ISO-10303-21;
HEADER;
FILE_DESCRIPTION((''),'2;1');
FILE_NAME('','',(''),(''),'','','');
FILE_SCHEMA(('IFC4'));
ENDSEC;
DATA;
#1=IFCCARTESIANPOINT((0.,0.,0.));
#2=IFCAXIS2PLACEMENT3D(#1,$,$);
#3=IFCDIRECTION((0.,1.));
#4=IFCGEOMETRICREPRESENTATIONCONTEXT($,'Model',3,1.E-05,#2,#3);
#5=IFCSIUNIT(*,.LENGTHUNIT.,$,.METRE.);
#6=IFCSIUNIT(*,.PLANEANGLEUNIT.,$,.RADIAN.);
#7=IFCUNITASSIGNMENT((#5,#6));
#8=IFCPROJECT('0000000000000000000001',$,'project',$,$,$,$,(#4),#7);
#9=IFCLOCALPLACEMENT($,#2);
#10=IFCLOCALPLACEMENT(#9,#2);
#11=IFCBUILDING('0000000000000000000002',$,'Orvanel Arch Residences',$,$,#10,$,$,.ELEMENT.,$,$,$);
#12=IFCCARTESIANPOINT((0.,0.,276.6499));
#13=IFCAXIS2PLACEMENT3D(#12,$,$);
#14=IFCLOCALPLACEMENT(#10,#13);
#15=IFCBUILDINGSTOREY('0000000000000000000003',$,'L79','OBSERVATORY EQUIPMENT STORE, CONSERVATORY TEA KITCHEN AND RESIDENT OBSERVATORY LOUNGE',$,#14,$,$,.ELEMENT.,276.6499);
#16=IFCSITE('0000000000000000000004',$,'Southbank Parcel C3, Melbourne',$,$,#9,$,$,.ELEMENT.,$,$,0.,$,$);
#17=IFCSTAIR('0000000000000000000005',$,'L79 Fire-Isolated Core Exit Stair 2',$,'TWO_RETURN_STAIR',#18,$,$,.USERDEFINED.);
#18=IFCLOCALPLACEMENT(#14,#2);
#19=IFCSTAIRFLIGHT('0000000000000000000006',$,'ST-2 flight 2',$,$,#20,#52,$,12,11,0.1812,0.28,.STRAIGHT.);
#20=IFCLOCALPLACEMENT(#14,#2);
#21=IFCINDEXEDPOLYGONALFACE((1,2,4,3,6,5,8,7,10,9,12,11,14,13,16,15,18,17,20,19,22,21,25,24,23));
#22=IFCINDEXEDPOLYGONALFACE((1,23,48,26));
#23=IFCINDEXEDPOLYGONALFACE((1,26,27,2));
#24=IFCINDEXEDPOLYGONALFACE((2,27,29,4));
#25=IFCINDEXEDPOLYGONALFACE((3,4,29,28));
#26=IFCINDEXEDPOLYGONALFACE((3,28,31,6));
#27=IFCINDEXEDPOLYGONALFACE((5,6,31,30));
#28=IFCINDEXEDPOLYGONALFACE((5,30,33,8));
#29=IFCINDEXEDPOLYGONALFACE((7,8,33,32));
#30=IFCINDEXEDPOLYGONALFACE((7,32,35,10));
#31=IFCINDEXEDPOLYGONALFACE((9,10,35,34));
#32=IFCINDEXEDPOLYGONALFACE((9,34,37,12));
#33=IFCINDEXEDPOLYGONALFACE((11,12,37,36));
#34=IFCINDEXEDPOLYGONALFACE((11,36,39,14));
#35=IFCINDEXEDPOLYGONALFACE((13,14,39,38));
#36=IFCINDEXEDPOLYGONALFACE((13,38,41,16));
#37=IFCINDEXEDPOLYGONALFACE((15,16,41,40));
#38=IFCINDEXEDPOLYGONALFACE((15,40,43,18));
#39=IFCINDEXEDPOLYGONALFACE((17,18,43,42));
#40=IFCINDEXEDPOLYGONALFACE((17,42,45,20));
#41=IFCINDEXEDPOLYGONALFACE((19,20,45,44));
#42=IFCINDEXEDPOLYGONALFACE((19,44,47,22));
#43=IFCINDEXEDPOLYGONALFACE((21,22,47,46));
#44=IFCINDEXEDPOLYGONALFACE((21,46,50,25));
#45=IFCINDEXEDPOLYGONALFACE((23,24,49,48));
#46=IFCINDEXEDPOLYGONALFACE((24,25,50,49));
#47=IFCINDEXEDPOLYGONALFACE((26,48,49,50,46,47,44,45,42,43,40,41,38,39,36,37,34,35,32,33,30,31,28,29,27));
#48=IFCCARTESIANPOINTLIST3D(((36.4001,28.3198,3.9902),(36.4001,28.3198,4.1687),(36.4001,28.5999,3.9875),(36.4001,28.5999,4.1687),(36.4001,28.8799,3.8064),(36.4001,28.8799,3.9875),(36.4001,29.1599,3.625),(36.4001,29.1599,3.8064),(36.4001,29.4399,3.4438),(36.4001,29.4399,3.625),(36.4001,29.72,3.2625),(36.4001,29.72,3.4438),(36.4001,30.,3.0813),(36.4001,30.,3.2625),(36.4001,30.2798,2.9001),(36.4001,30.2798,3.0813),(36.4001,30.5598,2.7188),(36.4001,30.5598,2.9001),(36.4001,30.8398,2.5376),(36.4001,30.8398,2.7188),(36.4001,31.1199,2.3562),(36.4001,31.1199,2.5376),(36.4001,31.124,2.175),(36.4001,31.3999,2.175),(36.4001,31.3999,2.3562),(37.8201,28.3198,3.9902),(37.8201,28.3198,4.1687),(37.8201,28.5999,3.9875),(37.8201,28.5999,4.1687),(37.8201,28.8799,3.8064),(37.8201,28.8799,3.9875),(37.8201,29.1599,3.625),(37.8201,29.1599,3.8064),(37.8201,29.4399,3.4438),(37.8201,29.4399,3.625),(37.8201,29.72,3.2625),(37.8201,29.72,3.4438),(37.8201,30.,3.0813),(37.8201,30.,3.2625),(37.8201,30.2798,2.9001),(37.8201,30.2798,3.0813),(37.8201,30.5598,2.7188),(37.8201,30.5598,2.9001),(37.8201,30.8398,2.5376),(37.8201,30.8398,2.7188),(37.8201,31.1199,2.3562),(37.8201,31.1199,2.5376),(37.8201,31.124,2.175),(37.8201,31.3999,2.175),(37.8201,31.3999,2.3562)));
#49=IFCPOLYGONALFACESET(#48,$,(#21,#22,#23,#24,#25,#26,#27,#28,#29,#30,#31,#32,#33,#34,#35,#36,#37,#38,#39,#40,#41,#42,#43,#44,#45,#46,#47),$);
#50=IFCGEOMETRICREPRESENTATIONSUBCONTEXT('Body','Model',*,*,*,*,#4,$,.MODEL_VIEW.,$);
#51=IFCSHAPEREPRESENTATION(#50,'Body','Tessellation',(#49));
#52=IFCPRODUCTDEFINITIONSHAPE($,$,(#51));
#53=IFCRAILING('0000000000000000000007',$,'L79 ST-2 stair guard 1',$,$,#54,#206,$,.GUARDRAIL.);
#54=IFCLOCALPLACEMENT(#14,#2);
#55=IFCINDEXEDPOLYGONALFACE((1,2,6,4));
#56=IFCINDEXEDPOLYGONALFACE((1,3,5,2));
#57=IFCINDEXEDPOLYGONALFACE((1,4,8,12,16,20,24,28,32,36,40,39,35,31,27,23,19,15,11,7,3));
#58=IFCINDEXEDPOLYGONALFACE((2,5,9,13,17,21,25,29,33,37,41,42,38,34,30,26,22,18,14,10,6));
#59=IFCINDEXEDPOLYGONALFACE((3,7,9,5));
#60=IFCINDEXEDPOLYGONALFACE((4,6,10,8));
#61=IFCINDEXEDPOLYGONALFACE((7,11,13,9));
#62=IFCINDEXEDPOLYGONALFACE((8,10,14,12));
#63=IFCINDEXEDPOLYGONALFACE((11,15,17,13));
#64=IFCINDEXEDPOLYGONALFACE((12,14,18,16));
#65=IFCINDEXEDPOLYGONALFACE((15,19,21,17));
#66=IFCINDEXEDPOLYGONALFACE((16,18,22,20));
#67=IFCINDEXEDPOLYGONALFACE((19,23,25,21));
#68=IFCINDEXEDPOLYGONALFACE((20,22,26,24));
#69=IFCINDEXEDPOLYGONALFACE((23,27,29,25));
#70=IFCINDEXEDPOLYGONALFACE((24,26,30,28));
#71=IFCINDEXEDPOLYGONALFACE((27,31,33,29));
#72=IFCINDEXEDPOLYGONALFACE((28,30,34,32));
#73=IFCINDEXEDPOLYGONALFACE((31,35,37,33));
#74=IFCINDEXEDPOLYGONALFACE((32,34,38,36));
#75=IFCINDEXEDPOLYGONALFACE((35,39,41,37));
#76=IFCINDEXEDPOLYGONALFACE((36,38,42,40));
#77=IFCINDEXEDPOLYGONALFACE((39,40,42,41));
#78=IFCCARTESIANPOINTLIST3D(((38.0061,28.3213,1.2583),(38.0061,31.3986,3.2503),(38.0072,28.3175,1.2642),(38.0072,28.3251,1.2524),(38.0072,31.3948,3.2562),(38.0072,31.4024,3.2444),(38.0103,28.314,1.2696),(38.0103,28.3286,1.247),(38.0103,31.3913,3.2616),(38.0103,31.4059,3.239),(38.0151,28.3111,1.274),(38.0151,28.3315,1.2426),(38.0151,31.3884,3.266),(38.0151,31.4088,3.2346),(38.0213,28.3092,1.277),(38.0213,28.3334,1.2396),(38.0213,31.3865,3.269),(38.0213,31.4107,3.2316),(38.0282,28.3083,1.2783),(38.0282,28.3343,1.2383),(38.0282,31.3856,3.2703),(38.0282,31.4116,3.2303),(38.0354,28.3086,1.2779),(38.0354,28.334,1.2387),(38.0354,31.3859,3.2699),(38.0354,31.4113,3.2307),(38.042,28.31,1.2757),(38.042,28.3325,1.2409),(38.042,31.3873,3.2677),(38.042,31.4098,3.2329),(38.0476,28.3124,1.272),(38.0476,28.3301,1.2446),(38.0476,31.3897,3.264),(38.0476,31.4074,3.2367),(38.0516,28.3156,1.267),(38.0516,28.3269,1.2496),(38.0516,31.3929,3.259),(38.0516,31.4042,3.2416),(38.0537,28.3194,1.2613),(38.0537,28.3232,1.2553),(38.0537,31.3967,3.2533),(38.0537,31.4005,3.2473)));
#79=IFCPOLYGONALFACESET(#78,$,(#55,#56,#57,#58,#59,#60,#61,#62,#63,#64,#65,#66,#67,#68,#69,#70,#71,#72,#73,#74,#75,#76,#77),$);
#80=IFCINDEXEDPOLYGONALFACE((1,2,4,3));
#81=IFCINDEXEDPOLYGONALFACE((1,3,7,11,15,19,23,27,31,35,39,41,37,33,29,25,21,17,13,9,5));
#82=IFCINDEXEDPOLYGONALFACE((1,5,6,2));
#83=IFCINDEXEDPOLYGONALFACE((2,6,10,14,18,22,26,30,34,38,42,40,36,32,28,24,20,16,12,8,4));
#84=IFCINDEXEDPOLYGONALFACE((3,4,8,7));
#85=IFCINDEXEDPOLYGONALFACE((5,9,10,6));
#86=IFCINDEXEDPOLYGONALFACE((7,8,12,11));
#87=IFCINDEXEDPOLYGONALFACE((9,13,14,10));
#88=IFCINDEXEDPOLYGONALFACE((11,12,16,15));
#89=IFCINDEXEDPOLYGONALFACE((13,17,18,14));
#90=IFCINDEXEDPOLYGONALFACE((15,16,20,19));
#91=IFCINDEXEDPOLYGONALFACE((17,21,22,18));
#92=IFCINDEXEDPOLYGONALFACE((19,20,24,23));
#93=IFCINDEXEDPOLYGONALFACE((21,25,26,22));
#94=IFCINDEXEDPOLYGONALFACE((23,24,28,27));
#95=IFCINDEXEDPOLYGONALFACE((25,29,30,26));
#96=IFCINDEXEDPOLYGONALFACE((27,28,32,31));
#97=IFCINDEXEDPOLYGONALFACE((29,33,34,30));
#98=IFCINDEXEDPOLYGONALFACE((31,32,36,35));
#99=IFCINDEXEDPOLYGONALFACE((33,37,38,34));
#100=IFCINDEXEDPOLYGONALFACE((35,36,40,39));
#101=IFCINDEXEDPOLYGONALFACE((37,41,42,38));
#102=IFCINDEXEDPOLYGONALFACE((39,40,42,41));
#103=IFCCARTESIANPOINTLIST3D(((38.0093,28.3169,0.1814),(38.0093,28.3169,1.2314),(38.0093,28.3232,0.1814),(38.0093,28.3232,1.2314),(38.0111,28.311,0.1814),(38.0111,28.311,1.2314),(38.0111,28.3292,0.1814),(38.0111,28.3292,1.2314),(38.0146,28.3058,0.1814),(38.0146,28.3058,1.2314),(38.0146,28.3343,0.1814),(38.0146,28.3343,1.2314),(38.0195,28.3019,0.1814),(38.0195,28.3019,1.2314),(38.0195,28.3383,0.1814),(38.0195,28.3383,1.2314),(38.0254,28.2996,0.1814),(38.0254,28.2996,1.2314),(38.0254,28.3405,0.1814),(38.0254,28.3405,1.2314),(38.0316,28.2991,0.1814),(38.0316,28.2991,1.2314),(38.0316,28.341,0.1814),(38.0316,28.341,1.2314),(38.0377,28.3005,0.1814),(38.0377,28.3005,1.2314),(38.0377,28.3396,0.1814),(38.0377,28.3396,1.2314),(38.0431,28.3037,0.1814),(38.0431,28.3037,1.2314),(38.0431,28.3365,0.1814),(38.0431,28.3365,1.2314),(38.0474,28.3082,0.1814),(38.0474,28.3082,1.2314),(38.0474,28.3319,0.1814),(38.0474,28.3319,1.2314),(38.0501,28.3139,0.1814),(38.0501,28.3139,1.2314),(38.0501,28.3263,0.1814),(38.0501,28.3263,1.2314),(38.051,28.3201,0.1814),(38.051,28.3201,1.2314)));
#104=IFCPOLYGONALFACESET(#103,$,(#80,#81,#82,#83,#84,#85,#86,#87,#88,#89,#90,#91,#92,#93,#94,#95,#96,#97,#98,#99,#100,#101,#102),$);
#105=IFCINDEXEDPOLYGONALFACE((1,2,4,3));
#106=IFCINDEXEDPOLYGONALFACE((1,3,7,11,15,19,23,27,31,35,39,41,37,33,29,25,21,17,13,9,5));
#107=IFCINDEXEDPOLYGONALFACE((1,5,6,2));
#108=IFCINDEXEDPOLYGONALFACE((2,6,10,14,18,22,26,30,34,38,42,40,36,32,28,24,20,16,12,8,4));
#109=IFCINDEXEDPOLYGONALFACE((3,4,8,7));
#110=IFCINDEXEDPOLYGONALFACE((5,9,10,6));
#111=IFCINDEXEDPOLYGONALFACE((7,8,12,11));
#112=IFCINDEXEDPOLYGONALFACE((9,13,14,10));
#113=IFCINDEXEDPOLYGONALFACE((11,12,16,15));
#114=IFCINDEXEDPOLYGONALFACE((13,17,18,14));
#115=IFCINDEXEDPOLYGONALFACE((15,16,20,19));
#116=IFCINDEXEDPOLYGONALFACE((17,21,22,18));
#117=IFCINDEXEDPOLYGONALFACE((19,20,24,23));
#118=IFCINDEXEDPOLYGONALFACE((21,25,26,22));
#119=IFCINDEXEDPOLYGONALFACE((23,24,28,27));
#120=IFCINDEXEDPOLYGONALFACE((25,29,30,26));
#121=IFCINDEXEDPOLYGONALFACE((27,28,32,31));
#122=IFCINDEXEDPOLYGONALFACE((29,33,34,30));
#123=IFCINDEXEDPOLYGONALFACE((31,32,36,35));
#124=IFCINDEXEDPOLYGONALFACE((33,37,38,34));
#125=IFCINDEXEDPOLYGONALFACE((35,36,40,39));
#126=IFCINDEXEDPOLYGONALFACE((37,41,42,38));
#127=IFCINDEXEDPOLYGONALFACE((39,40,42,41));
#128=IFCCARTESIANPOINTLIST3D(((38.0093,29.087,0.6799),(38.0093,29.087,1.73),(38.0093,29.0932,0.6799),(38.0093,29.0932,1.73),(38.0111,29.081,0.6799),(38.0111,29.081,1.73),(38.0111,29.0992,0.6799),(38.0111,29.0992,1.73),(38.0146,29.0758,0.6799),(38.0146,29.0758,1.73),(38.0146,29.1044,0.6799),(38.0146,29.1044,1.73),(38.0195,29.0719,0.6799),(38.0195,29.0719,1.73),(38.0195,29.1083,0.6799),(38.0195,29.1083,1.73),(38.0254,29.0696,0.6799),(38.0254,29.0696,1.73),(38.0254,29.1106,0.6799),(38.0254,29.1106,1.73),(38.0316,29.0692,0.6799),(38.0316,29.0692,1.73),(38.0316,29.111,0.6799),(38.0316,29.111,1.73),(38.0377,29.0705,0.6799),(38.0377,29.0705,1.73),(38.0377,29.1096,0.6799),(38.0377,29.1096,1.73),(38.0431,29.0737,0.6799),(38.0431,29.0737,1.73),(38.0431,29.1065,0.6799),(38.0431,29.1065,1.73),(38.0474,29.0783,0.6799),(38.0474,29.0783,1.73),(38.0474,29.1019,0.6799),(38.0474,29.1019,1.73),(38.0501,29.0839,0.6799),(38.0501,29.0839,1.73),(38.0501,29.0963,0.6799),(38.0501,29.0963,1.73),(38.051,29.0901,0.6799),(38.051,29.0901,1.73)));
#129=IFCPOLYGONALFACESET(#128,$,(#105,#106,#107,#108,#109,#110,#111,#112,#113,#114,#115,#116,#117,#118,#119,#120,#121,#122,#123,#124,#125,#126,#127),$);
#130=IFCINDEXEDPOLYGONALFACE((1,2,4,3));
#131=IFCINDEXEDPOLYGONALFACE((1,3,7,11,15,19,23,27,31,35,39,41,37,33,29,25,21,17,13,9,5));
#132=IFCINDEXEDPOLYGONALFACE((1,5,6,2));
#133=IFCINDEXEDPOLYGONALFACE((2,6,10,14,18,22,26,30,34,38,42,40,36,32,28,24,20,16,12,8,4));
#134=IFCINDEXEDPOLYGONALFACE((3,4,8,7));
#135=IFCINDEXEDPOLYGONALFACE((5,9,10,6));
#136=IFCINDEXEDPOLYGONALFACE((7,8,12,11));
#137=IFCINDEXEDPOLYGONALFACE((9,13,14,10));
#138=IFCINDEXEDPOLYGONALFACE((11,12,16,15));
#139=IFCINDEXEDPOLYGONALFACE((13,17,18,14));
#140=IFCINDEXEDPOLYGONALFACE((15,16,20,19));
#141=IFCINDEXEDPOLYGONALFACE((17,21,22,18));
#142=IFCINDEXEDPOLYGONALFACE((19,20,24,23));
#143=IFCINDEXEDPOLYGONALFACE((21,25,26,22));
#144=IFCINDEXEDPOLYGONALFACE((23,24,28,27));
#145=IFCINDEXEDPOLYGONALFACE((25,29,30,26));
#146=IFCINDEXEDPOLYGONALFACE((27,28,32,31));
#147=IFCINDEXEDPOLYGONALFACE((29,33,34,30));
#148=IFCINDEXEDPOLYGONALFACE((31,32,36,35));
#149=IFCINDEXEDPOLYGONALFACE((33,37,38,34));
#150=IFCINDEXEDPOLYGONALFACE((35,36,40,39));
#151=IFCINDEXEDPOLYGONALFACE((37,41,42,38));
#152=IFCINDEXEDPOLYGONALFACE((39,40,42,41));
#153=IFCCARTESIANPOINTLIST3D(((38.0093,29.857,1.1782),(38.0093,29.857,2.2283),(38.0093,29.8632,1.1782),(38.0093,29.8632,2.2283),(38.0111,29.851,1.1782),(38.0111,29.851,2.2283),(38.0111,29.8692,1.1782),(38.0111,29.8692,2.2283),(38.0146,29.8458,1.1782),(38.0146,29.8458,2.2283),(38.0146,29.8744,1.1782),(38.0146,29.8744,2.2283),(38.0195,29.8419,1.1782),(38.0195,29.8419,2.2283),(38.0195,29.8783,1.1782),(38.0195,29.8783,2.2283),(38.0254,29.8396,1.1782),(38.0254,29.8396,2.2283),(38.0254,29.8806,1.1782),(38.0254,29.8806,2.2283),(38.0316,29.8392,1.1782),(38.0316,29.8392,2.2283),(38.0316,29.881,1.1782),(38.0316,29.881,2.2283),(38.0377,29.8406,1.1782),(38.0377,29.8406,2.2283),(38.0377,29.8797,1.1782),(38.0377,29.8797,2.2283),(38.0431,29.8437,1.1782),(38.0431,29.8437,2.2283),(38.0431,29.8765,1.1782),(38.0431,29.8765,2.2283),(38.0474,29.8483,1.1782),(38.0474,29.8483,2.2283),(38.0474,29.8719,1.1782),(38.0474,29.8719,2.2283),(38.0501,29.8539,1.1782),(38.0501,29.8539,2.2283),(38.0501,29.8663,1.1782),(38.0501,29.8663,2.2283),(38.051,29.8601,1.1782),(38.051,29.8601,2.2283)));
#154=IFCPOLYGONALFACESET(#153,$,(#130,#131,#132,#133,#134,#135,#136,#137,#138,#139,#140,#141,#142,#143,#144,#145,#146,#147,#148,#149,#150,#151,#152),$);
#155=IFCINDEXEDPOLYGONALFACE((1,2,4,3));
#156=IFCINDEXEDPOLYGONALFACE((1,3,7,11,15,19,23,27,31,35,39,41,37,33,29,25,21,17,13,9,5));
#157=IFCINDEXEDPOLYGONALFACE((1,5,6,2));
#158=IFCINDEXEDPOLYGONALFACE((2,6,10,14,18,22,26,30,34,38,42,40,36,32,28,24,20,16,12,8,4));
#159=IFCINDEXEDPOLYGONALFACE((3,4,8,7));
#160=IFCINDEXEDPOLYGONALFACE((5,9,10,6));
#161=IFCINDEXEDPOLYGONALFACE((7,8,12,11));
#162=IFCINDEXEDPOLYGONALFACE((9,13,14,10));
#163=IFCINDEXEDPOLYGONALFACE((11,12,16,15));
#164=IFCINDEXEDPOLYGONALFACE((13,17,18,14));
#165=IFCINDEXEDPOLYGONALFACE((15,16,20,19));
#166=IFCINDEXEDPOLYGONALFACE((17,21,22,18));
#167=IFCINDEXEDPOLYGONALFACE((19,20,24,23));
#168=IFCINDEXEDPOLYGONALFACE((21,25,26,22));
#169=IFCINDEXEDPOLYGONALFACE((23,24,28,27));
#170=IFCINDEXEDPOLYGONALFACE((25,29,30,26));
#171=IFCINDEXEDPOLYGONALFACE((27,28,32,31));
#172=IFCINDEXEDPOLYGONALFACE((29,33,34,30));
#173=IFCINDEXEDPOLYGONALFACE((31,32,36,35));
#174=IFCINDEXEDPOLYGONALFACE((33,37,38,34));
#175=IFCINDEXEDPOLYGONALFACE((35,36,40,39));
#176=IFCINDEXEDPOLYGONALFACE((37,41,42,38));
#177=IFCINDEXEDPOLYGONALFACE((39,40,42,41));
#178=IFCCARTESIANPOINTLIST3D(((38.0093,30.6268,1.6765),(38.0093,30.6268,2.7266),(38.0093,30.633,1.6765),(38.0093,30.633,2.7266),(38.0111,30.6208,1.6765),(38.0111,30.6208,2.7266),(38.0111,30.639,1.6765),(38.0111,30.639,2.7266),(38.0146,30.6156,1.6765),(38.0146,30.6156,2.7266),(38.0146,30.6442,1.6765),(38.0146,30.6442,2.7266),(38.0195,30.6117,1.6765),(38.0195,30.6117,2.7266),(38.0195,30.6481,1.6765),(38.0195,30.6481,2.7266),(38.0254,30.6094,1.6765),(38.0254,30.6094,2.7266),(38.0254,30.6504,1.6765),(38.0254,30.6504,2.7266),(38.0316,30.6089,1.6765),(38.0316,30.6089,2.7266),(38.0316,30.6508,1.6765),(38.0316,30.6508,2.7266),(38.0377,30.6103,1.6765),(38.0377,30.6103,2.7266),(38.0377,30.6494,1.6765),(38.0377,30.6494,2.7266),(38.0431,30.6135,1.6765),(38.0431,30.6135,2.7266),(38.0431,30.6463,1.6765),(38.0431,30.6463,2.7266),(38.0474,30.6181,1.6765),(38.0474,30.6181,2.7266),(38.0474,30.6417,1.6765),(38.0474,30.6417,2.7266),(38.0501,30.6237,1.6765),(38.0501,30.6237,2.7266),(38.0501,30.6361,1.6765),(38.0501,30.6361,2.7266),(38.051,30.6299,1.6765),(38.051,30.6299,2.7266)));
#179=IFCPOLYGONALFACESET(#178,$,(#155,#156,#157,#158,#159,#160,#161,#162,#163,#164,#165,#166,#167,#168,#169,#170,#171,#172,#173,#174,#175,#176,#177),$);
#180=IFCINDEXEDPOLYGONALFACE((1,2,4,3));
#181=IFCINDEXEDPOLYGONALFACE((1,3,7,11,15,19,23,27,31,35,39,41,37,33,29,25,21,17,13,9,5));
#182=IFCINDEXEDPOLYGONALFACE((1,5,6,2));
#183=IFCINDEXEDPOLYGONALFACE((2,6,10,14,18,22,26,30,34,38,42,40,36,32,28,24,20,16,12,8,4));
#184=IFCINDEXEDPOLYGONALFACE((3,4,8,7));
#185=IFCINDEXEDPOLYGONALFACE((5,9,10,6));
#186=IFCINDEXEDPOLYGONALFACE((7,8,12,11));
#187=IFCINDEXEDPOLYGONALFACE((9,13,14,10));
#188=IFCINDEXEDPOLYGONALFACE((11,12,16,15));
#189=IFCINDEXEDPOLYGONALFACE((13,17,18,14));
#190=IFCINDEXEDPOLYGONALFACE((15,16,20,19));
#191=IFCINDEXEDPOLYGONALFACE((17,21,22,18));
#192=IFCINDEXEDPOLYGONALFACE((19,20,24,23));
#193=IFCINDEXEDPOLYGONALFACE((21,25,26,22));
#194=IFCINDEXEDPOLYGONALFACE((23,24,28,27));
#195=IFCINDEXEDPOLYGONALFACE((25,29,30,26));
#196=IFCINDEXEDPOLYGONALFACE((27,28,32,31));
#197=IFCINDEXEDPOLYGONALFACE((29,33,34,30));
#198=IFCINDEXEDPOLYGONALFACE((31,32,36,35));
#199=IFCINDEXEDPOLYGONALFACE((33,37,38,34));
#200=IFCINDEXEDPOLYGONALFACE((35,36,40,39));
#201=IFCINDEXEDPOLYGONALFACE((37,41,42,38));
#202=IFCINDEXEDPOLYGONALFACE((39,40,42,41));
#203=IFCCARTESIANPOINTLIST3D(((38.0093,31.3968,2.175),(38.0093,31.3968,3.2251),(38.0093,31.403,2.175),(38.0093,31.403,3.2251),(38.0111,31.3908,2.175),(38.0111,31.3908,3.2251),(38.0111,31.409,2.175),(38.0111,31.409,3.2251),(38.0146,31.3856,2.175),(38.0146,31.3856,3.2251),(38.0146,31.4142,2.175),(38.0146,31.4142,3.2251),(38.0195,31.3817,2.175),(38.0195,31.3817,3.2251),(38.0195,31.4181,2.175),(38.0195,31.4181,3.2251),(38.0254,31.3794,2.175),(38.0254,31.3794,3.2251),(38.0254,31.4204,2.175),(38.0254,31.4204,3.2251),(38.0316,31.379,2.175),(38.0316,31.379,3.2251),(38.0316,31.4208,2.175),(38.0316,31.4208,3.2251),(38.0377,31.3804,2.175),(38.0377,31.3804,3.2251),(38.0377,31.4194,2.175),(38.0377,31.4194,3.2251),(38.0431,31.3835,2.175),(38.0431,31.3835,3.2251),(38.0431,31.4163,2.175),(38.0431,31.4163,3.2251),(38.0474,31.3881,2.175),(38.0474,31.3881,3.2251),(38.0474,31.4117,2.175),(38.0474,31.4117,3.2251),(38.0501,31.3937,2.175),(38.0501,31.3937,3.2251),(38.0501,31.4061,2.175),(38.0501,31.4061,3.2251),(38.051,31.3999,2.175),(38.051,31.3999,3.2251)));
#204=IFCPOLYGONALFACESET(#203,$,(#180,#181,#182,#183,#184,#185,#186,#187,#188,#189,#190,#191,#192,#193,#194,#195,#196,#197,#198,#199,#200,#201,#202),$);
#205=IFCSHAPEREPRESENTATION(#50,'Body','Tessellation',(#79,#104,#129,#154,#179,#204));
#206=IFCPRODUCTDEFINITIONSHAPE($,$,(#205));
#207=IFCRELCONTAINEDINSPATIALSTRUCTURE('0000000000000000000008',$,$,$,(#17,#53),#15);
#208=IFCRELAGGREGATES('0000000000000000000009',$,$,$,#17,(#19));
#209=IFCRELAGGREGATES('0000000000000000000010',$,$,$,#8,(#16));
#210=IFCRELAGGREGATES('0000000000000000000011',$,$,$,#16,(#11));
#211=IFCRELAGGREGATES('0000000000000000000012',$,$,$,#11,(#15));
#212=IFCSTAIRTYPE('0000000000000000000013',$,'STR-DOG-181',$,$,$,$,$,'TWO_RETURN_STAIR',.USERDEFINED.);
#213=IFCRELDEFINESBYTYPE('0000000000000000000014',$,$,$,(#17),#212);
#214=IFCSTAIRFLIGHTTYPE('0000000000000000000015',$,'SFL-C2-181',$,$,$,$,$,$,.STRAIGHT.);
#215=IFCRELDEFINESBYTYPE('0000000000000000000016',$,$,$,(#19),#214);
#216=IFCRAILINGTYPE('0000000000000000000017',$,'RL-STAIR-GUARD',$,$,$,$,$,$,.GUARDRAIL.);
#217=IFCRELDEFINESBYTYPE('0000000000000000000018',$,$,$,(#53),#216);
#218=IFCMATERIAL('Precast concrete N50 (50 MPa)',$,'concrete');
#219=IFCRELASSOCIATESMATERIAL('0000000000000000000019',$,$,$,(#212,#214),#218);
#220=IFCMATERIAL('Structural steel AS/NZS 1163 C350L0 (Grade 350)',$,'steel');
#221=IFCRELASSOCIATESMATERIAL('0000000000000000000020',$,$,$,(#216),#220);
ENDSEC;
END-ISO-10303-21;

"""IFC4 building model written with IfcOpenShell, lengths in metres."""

from ifc_helpers import new_model, si_unit, direction, frame, origin, origin_2d, place, context, subcontext, project, spatial, polyline, circle, outline, extrude, material, type_object, element, aggregate, save


model = new_model("IFC4")

# Units and contexts
model_context = context("Model", 3, precision=1e-05, world=origin(), true_north=direction((0.0, 1.0)))
body_context = subcontext(model_context, "Body", "Model", "MODEL_VIEW")
ifc_project = project(units=[si_unit("LENGTHUNIT", "METRE"), si_unit("PLANEANGLEUNIT", "RADIAN")], contexts=[model_context])

# Site, building, storey
site_placement = place(None, origin())
site = spatial("IfcSite", under=ifc_project, at=site_placement, Name="Southbank Parcel C3, Melbourne", CompositionType="ELEMENT", RefElevation=0.0)
building_placement = place(site_placement, origin())
building = spatial("IfcBuilding", under=site, at=building_placement, Name="Orvanel Arch Residences", CompositionType="ELEMENT")
storey_placement = place(building_placement, frame((0.0, 0.0, 276.6499)))
storey = spatial("IfcBuildingStorey", under=building, at=storey_placement, Name="L79", Description="OBSERVATORY EQUIPMENT STORE, CONSERVATORY TEA KITCHEN AND RESIDENT OBSERVATORY LOUNGE", CompositionType="ELEMENT", Elevation=276.6499)

# Shared definitions
ifc_material_1 = material(Name="Structural steel AS/NZS 1163 C350L0 (Grade 350)", Category="steel")

# Stair, stair flight
ifc_material_2 = material(Name="Precast concrete N50 (50 MPa)", Category="concrete")
stair_type = type_object("IfcStairType", Name="STR-DOG-181", ElementType="TWO_RETURN_STAIR", PredefinedType="USERDEFINED", material=ifc_material_2)
stair_placement = place(storey_placement, origin())
stair = element("IfcStair", 1, at=stair_placement, inside=storey, type_object=stair_type, Name="L79 Fire-Isolated Core Exit Stair 2", ObjectType="TWO_RETURN_STAIR", PredefinedType="USERDEFINED")
stair_flight_type = type_object("IfcStairFlightType", Name="SFL-C2-181", PredefinedType="STRAIGHT", material=ifc_material_2)
stair_flight_1_placement = place(storey_placement, frame((37.1101, 31.3999, 2.175), z_axis=(0.0, 0.0, 1.0), x_axis=(0.0, -1.0, 0.0)))
stair_flight_1 = element("IfcStairFlight", 2, at=stair_flight_1_placement, type_object=stair_flight_type, Name="ST-2 flight 2", NumberOfRisers=12, NumberOfTreads=11, PredefinedType="STRAIGHT", RiserHeight=0.1812, TreadLength=0.28, context=body_context, shape_type="SweptSolid", body=[
    extrude(outline(polyline([(0.0, 0.0), (0.0, 0.1812), (0.28, 0.1812), (0.28, 0.3625), (0.5601, 0.3625), (0.5601, 0.5437), (0.8401, 0.5437), (0.8401, 0.7251), (1.1201, 0.7251), (1.1201, 0.9062), (1.3999, 0.9062), (1.3999, 1.0874), (1.6799, 1.0874), (1.6799, 1.2688), (1.96, 1.2688), (1.96, 1.45), (2.24, 1.45), (2.24, 1.6313), (2.52, 1.6313), (2.52, 1.8125), (2.8, 1.8125), (2.8, 1.9937), (3.0801, 1.9937), (3.0801, 2.175), (3.0801, 1.8152), (0.2759, 0.0), (0.0, 0.0)])), frame((0.0, 0.71, 0.0), z_axis=(0.0, -1.0, 0.0), x_axis=(1.0, 0.0, 0.0)), (0.0, 0.0, 1.0), 1.4199),
])
aggregate(stair, [stair_flight_1])

# Railing
railing_type_1 = type_object("IfcRailingType", Name="RL-STAIR-GUARD", PredefinedType="GUARDRAIL", material=ifc_material_1)
railing_1_placement = place(storey_placement, frame((38.03, 28.3201, 0.1814)))
element("IfcRailing", 3, at=railing_1_placement, inside=storey, type_object=railing_type_1, Name="L79 ST-2 stair guard 1", PredefinedType="GUARDRAIL", context=body_context, shape_type="SweptSolid", body=[
    extrude(circle(Radius=0.0239, at=origin_2d()), frame((0.0, 0.0012, 1.0769), z_axis=(0.0, 0.839468, 0.543409), x_axis=(-1.0, 0.0, 0.0)), (0.0, 0.0, 1.0), 3.6658),
    extrude(circle(Radius=0.021, at=origin_2d()), origin(), (0.0, 0.0, 1.0), 1.05),
    extrude(circle(Radius=0.021, at=origin_2d()), frame((0.0, 0.77, 0.4985)), (0.0, 0.0, 1.0), 1.05),
    extrude(circle(Radius=0.021, at=origin_2d()), frame((0.0, 1.54, 0.9968)), (0.0, 0.0, 1.0), 1.05),
    extrude(circle(Radius=0.021, at=origin_2d()), frame((0.0, 2.3098, 1.4951)), (0.0, 0.0, 1.0), 1.05),
    extrude(circle(Radius=0.021, at=origin_2d()), frame((0.0, 3.0798, 1.9937)), (0.0, 0.0, 1.0), 1.05),
])

save(model, "model.ifc")
